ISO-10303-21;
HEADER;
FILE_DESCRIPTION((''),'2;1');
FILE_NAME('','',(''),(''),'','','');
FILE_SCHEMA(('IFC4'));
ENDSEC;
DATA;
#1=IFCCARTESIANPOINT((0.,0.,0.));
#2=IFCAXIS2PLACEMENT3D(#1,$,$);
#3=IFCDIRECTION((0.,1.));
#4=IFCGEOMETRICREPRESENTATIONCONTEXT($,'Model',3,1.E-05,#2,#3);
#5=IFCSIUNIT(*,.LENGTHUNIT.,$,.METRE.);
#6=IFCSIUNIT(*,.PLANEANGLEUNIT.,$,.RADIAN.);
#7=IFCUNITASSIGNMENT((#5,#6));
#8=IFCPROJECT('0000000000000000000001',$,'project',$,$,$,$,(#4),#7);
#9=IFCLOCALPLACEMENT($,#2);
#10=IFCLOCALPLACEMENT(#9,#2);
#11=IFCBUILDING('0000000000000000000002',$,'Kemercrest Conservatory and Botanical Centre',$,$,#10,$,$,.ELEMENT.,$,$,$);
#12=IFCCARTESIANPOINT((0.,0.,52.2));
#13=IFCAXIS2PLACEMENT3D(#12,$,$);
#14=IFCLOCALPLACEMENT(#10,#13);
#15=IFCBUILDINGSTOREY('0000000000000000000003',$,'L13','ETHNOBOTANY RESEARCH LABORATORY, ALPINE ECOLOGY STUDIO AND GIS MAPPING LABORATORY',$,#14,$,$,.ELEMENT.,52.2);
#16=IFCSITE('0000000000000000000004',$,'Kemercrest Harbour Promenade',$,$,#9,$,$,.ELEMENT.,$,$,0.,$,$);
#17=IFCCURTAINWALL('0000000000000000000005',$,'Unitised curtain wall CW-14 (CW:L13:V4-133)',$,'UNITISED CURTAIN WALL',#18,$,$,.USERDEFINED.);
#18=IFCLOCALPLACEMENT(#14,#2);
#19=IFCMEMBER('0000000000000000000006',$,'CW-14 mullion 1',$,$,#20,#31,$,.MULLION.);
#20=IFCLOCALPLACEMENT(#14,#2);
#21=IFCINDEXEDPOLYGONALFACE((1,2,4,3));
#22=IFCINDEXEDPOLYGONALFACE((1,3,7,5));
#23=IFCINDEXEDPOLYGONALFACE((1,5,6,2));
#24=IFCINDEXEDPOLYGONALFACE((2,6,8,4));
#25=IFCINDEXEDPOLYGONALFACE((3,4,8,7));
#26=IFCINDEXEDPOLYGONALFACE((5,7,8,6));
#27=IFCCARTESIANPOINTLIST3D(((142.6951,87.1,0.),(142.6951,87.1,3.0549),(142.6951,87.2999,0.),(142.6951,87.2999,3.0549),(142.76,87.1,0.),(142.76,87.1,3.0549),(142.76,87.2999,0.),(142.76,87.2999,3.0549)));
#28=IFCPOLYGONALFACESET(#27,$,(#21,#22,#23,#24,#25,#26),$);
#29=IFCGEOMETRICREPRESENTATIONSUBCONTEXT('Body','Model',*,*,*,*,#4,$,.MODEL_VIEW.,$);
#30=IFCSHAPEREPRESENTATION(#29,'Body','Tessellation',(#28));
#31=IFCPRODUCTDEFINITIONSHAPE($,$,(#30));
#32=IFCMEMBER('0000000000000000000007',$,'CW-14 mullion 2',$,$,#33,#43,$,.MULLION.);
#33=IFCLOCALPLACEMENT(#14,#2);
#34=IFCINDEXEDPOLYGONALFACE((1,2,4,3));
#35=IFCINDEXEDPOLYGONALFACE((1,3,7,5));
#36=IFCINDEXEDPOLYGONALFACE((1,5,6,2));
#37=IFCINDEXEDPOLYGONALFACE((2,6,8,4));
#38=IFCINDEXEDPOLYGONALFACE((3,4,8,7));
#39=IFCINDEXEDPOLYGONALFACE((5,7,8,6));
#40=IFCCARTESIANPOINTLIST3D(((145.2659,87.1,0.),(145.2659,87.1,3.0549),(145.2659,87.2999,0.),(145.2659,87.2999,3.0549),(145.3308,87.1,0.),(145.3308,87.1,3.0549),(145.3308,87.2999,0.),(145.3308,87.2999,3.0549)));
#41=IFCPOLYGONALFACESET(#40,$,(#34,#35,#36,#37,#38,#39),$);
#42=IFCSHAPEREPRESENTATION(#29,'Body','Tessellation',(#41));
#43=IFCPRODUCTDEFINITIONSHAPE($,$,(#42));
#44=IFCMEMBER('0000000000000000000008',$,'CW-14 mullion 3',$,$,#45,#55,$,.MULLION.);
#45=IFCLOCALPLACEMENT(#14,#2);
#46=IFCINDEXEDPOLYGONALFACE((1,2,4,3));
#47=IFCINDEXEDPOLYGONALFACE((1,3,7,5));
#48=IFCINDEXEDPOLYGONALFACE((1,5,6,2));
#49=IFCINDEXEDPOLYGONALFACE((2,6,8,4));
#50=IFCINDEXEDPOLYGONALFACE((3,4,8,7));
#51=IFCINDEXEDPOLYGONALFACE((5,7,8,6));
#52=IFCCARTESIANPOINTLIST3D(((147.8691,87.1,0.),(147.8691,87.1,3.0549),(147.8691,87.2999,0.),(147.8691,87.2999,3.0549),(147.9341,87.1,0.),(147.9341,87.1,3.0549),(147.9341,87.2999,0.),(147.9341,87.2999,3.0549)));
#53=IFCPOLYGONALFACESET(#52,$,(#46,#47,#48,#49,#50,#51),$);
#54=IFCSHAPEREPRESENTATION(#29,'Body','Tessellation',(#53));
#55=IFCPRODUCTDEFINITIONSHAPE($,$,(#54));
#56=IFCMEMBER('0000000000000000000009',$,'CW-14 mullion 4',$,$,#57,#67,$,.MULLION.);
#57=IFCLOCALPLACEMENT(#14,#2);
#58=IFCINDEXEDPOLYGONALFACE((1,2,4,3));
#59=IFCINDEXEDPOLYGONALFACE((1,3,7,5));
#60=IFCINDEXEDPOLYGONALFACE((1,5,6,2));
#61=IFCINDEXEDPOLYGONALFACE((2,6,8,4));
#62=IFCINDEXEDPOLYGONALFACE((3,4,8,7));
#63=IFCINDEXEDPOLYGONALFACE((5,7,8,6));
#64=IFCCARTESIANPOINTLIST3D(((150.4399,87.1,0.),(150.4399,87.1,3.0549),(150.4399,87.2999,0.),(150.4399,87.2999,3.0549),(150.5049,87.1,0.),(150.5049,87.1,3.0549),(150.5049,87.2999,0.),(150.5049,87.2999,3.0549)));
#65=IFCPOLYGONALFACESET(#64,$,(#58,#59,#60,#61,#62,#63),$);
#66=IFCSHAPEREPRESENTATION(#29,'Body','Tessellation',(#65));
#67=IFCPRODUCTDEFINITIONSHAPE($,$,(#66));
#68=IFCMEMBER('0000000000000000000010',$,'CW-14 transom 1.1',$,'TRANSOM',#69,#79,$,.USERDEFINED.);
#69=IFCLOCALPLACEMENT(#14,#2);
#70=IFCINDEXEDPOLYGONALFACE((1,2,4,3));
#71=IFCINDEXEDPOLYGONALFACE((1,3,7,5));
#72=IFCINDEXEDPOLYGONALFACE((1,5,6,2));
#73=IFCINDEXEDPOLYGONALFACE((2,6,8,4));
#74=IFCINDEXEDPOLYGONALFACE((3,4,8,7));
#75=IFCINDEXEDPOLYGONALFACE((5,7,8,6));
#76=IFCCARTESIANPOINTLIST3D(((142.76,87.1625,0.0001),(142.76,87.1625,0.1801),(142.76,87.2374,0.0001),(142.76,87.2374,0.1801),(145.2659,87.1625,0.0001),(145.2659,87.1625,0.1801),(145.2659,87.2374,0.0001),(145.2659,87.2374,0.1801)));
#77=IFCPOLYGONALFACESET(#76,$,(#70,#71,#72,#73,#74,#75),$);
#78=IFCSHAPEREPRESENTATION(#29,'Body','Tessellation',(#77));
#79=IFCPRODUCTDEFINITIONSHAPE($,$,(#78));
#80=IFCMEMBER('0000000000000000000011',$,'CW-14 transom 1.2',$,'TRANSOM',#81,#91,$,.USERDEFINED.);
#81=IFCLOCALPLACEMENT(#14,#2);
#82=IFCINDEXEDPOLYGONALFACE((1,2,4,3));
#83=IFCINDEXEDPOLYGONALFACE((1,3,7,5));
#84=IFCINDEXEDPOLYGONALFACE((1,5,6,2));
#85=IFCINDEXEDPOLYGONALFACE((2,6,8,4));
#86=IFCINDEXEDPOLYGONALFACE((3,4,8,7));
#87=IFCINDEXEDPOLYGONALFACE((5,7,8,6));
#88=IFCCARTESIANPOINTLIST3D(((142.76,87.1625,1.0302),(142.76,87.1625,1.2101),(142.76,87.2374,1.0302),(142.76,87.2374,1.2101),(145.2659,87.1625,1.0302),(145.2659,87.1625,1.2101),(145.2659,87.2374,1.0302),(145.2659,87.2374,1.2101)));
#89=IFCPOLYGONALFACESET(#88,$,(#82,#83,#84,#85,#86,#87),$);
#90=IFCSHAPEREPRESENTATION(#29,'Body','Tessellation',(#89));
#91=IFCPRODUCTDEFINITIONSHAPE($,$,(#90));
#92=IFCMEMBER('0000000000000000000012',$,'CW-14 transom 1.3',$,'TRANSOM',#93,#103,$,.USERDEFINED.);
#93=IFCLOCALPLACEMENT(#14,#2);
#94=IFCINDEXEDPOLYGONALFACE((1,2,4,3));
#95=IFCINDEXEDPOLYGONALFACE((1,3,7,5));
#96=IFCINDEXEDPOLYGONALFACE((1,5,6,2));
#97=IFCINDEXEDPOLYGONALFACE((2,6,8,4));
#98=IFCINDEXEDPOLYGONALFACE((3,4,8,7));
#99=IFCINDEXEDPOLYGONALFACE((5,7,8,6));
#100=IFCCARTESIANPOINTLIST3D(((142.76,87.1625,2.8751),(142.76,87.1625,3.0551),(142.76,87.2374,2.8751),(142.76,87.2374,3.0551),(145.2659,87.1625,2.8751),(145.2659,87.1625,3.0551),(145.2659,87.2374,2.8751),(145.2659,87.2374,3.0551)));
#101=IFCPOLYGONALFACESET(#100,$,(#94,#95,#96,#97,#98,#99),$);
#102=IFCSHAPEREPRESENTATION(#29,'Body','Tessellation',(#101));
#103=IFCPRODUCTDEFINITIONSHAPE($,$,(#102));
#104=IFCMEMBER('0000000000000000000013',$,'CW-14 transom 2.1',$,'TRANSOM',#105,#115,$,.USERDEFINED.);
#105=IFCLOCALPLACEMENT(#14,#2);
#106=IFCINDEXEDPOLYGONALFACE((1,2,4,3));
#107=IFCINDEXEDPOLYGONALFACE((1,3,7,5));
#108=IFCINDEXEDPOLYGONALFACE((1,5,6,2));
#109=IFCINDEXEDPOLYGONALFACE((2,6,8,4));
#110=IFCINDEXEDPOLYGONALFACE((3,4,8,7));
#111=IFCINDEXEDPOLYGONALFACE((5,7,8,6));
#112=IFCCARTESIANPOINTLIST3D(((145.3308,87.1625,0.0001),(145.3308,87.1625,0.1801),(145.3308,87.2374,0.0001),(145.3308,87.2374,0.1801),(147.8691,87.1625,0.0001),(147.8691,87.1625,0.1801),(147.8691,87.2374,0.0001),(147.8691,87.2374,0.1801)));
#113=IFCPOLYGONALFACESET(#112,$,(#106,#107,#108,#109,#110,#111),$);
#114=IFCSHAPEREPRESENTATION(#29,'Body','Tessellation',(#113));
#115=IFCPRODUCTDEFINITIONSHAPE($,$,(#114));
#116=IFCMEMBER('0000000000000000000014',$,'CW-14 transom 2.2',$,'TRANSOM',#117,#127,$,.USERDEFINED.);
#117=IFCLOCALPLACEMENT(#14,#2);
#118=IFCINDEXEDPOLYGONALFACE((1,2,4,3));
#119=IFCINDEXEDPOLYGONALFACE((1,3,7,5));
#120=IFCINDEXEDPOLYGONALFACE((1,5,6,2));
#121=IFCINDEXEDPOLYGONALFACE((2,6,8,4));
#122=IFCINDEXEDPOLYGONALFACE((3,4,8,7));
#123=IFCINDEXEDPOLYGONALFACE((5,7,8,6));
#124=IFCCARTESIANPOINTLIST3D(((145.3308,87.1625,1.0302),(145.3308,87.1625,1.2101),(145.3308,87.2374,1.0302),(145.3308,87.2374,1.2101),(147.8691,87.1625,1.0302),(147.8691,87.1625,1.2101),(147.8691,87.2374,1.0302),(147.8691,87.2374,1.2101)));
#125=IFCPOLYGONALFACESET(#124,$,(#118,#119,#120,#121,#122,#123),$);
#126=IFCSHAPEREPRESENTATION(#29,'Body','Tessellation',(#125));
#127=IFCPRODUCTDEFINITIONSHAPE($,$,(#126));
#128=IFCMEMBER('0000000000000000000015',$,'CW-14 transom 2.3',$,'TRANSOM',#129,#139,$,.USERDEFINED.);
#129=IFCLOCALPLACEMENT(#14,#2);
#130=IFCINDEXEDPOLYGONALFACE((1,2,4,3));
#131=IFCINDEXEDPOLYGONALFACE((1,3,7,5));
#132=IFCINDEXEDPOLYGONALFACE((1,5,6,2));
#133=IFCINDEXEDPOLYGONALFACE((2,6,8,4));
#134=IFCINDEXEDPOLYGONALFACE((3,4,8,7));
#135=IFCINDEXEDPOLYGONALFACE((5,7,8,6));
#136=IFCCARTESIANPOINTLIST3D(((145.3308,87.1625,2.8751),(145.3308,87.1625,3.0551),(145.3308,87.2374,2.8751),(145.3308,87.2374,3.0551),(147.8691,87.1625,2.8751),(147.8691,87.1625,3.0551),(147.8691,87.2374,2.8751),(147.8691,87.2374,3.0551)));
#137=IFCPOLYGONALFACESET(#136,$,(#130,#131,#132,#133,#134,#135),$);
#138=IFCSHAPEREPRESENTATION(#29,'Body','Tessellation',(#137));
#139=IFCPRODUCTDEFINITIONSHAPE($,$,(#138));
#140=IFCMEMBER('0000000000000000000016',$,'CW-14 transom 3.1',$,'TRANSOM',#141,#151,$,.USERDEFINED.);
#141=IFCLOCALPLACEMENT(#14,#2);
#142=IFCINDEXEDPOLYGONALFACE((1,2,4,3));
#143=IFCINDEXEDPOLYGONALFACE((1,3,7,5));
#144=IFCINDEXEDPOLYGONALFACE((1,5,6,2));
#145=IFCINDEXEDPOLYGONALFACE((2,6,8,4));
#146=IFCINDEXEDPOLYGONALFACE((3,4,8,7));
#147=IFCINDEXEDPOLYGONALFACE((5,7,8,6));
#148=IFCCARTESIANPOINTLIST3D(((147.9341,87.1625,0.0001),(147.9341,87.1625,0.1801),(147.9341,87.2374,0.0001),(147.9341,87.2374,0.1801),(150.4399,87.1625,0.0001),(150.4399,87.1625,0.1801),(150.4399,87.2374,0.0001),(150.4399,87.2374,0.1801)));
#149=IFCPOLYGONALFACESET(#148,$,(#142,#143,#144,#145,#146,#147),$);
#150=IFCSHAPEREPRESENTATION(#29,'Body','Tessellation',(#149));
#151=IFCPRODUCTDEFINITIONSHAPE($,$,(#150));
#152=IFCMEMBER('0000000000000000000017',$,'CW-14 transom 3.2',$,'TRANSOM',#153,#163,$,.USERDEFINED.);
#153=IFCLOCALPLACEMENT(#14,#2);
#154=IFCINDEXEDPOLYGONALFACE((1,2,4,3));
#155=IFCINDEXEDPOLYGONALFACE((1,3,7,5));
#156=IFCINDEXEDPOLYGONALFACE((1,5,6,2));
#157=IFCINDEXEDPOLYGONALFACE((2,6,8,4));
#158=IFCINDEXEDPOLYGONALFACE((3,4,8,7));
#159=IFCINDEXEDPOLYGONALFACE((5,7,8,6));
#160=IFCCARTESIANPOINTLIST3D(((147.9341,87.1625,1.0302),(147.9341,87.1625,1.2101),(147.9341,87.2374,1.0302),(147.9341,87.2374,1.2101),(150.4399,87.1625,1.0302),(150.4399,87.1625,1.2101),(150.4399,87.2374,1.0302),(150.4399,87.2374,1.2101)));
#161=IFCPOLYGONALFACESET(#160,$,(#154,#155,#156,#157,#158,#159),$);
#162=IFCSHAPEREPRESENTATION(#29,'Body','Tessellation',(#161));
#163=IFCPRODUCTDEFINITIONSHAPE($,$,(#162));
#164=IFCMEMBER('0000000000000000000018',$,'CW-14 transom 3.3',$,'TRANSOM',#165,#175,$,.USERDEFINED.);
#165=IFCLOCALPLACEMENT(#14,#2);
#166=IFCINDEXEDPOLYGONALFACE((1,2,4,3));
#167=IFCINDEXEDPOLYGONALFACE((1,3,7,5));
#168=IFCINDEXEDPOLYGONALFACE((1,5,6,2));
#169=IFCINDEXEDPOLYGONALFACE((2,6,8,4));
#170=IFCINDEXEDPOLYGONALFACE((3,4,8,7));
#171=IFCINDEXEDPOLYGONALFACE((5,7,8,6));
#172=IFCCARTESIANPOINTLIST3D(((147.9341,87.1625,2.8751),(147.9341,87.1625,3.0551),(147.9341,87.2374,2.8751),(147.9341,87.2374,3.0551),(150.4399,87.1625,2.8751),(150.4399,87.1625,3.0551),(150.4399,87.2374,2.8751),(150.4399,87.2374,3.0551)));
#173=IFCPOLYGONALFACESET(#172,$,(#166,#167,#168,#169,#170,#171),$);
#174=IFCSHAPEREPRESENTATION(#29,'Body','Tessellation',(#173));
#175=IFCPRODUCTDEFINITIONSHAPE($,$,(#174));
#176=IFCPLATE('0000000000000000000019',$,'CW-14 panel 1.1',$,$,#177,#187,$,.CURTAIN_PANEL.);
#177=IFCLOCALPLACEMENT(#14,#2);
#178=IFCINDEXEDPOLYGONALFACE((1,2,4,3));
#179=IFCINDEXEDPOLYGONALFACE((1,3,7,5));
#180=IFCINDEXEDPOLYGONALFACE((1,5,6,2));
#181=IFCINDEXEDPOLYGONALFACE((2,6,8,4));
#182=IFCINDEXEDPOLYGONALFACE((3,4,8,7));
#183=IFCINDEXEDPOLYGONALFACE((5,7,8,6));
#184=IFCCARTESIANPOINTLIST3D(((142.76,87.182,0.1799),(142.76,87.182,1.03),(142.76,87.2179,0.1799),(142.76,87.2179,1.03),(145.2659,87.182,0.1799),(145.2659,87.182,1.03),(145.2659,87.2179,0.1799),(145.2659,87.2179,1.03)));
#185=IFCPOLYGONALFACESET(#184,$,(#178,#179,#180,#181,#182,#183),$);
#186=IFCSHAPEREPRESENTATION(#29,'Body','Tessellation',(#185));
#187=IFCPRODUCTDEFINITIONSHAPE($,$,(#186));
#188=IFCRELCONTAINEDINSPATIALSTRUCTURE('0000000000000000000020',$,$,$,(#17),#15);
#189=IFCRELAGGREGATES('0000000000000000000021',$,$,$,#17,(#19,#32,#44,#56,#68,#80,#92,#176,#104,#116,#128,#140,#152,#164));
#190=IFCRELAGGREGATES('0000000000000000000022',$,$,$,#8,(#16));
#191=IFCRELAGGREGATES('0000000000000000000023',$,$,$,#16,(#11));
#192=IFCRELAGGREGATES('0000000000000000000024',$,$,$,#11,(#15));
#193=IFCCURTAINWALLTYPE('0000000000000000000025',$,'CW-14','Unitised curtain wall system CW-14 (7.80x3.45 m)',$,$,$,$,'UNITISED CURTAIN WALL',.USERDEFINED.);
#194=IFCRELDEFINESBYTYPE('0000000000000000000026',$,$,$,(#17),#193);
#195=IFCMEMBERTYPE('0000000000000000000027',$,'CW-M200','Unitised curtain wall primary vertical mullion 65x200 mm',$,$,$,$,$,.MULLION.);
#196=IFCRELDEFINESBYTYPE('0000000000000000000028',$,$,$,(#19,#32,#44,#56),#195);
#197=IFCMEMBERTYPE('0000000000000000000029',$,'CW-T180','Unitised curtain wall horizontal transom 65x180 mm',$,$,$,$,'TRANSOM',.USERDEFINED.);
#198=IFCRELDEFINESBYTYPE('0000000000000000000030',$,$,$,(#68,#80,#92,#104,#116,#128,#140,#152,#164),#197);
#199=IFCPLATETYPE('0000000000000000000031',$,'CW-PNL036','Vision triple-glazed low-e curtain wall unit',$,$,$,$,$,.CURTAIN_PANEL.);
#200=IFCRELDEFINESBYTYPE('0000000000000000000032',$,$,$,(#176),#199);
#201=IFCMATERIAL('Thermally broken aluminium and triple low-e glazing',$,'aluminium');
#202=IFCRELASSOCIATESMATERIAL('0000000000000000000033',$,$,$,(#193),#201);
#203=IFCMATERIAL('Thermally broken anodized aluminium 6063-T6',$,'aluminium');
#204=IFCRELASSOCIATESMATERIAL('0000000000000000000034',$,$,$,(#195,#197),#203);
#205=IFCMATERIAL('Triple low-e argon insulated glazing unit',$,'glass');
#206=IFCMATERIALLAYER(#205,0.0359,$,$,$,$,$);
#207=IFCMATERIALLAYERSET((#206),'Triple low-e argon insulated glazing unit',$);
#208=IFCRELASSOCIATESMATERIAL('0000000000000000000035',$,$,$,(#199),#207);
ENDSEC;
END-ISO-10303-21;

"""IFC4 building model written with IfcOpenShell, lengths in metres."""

from ifc_helpers import new_model, si_unit, direction, frame, origin, origin_2d, place, context, subcontext, project, spatial, rectangle, extrude, material, layer, layer_set, material_profile, profile_set, type_object, element, aggregate, save


model = new_model("IFC4")

# Units and contexts
model_context = context("Model", 3, precision=1e-05, world=origin(), true_north=direction((0.0, 1.0)))
body_context = subcontext(model_context, "Body", "Model", "MODEL_VIEW")
ifc_project = project(units=[si_unit("LENGTHUNIT", "METRE"), si_unit("PLANEANGLEUNIT", "RADIAN")], contexts=[model_context])

# Site, building, storey
site_placement = place(None, origin())
site = spatial("IfcSite", under=ifc_project, at=site_placement, Name="Kemercrest Harbour Promenade", CompositionType="ELEMENT", RefElevation=0.0)
building_placement = place(site_placement, origin())
building = spatial("IfcBuilding", under=site, at=building_placement, Name="Kemercrest Conservatory and Botanical Centre", CompositionType="ELEMENT")
storey_placement = place(building_placement, frame((0.0, 0.0, 52.2)))
storey = spatial("IfcBuildingStorey", under=building, at=storey_placement, Name="L13", Description="ETHNOBOTANY RESEARCH LABORATORY, ALPINE ECOLOGY STUDIO AND GIS MAPPING LABORATORY", CompositionType="ELEMENT", Elevation=52.2)

# Curtain wall, members, plate
ifc_material_1 = material(Name="Thermally broken aluminium and triple low-e glazing", Category="aluminium")
curtain_wall_type = type_object("IfcCurtainWallType", Name="CW-14", Description="Unitised curtain wall system CW-14 (7.80x3.45 m)", ElementType="UNITISED CURTAIN WALL", PredefinedType="USERDEFINED", material=ifc_material_1)
curtain_wall_placement = place(storey_placement, origin())
curtain_wall = element("IfcCurtainWall", 1, at=curtain_wall_placement, inside=storey, type_object=curtain_wall_type, Name="Unitised curtain wall CW-14 (CW:L13:V4-133)", ObjectType="UNITISED CURTAIN WALL", PredefinedType="USERDEFINED")
ifc_material_2 = material(Name="Thermally broken anodized aluminium 6063-T6", Category="aluminium")
ifc_material_profile_1 = material_profile(ifc_material_2, rectangle(XDim=0.2, YDim=0.0649, at=origin_2d()), Name="AL MULLION 65x200")
ifc_profile_set_1 = profile_set([ifc_material_profile_1], Name="Thermally broken anodized aluminium 6063-T6")
member_type_1 = type_object("IfcMemberType", Name="CW-M200", Description="Unitised curtain wall primary vertical mullion 65x200 mm", PredefinedType="MULLION", material=ifc_profile_set_1)
member_1_placement = place(storey_placement, frame((142.7275, 87.2, 0.0), z_axis=(0.0, 0.0, 1.0), x_axis=(0.0, 1.0, 0.0)))
member_1 = element("IfcMember", 2, at=member_1_placement, type_object=member_type_1, Name="CW-14 mullion 1", PredefinedType="MULLION", context=body_context, shape_type="SweptSolid", body=[
    extrude(rectangle(XDim=0.2, YDim=0.0649, at=origin_2d()), origin(), (0.0, 0.0, 1.0), 3.0549),
])
member_2_placement = place(storey_placement, frame((145.2983, 87.2, 0.0), z_axis=(0.0, 0.0, 1.0), x_axis=(0.0, 1.0, 0.0)))
member_2 = element("IfcMember", 3, at=member_2_placement, type_object=member_type_1, Name="CW-14 mullion 2", PredefinedType="MULLION", context=body_context, shape_type="SweptSolid", body=[
    extrude(rectangle(XDim=0.2, YDim=0.0649, at=origin_2d()), origin(), (0.0, 0.0, 1.0), 3.0549),
])
member_3_placement = place(storey_placement, frame((147.9016, 87.2, 0.0), z_axis=(0.0, 0.0, 1.0), x_axis=(0.0, 1.0, 0.0)))
member_3 = element("IfcMember", 4, at=member_3_placement, type_object=member_type_1, Name="CW-14 mullion 3", PredefinedType="MULLION", context=body_context, shape_type="SweptSolid", body=[
    extrude(rectangle(XDim=0.2, YDim=0.0649, at=origin_2d()), origin(), (0.0, 0.0, 1.0), 3.0549),
])
member_4_placement = place(storey_placement, frame((150.4724, 87.2, 0.0), z_axis=(0.0, 0.0, 1.0), x_axis=(0.0, 1.0, 0.0)))
member_4 = element("IfcMember", 5, at=member_4_placement, type_object=member_type_1, Name="CW-14 mullion 4", PredefinedType="MULLION", context=body_context, shape_type="SweptSolid", body=[
    extrude(rectangle(XDim=0.2, YDim=0.0649, at=origin_2d()), origin(), (0.0, 0.0, 1.0), 3.0549),
])
ifc_material_profile_2 = material_profile(ifc_material_2, rectangle(XDim=0.075, YDim=0.1799, at=origin_2d()), Name="AL TRANSOM 75x180")
ifc_profile_set_2 = profile_set([ifc_material_profile_2], Name="Thermally broken anodized aluminium 6063-T6")
member_type_2 = type_object("IfcMemberType", Name="CW-T180", Description="Unitised curtain wall horizontal transom 65x180 mm", ElementType="TRANSOM", PredefinedType="USERDEFINED", material=ifc_profile_set_2)
member_5_placement = place(storey_placement, frame((142.76, 87.2, 0.0901), z_axis=(1.0, 0.0, 0.0), x_axis=(0.0, 1.0, 0.0)))
member_5 = element("IfcMember", 6, at=member_5_placement, type_object=member_type_2, Name="CW-14 transom 1.1", ObjectType="TRANSOM", PredefinedType="USERDEFINED", context=body_context, shape_type="SweptSolid", body=[
    extrude(rectangle(XDim=0.075, YDim=0.1799, at=origin_2d()), origin(), (0.0, 0.0, 1.0), 2.5059),
])
member_6_placement = place(storey_placement, frame((142.76, 87.2, 1.1201), z_axis=(1.0, 0.0, 0.0), x_axis=(0.0, 1.0, 0.0)))
member_6 = element("IfcMember", 7, at=member_6_placement, type_object=member_type_2, Name="CW-14 transom 1.2", ObjectType="TRANSOM", PredefinedType="USERDEFINED", context=body_context, shape_type="SweptSolid", body=[
    extrude(rectangle(XDim=0.075, YDim=0.1799, at=origin_2d()), origin(), (0.0, 0.0, 1.0), 2.5059),
])
member_7_placement = place(storey_placement, frame((142.76, 87.2, 2.9651), z_axis=(1.0, 0.0, 0.0), x_axis=(0.0, 1.0, 0.0)))
member_7 = element("IfcMember", 8, at=member_7_placement, type_object=member_type_2, Name="CW-14 transom 1.3", ObjectType="TRANSOM", PredefinedType="USERDEFINED", context=body_context, shape_type="SweptSolid", body=[
    extrude(rectangle(XDim=0.075, YDim=0.1799, at=origin_2d()), origin(), (0.0, 0.0, 1.0), 2.5059),
])
member_8_placement = place(storey_placement, frame((145.3308, 87.2, 0.0901), z_axis=(1.0, 0.0, 0.0), x_axis=(0.0, 1.0, 0.0)))
member_8 = element("IfcMember", 9, at=member_8_placement, type_object=member_type_2, Name="CW-14 transom 2.1", ObjectType="TRANSOM", PredefinedType="USERDEFINED", context=body_context, shape_type="SweptSolid", body=[
    extrude(rectangle(XDim=0.075, YDim=0.1799, at=origin_2d()), origin(), (0.0, 0.0, 1.0), 2.5383),
])
member_9_placement = place(storey_placement, frame((145.3308, 87.2, 1.1201), z_axis=(1.0, 0.0, 0.0), x_axis=(0.0, 1.0, 0.0)))
member_9 = element("IfcMember", 10, at=member_9_placement, type_object=member_type_2, Name="CW-14 transom 2.2", ObjectType="TRANSOM", PredefinedType="USERDEFINED", context=body_context, shape_type="SweptSolid", body=[
    extrude(rectangle(XDim=0.075, YDim=0.1799, at=origin_2d()), origin(), (0.0, 0.0, 1.0), 2.5383),
])
member_10_placement = place(storey_placement, frame((145.3308, 87.2, 2.9651), z_axis=(1.0, 0.0, 0.0), x_axis=(0.0, 1.0, 0.0)))
member_10 = element("IfcMember", 11, at=member_10_placement, type_object=member_type_2, Name="CW-14 transom 2.3", ObjectType="TRANSOM", PredefinedType="USERDEFINED", context=body_context, shape_type="SweptSolid", body=[
    extrude(rectangle(XDim=0.075, YDim=0.1799, at=origin_2d()), origin(), (0.0, 0.0, 1.0), 2.5383),
])
member_11_placement = place(storey_placement, frame((147.9341, 87.2, 0.0901), z_axis=(1.0, 0.0, 0.0), x_axis=(0.0, 1.0, 0.0)))
member_11 = element("IfcMember", 12, at=member_11_placement, type_object=member_type_2, Name="CW-14 transom 3.1", ObjectType="TRANSOM", PredefinedType="USERDEFINED", context=body_context, shape_type="SweptSolid", body=[
    extrude(rectangle(XDim=0.075, YDim=0.1799, at=origin_2d()), origin(), (0.0, 0.0, 1.0), 2.5059),
])
member_12_placement = place(storey_placement, frame((147.9341, 87.2, 1.1201), z_axis=(1.0, 0.0, 0.0), x_axis=(0.0, 1.0, 0.0)))
member_12 = element("IfcMember", 13, at=member_12_placement, type_object=member_type_2, Name="CW-14 transom 3.2", ObjectType="TRANSOM", PredefinedType="USERDEFINED", context=body_context, shape_type="SweptSolid", body=[
    extrude(rectangle(XDim=0.075, YDim=0.1799, at=origin_2d()), origin(), (0.0, 0.0, 1.0), 2.5059),
])
member_13_placement = place(storey_placement, frame((147.9341, 87.2, 2.9651), z_axis=(1.0, 0.0, 0.0), x_axis=(0.0, 1.0, 0.0)))
member_13 = element("IfcMember", 14, at=member_13_placement, type_object=member_type_2, Name="CW-14 transom 3.3", ObjectType="TRANSOM", PredefinedType="USERDEFINED", context=body_context, shape_type="SweptSolid", body=[
    extrude(rectangle(XDim=0.075, YDim=0.1799, at=origin_2d()), origin(), (0.0, 0.0, 1.0), 2.5059),
])
ifc_material_3 = material(Name="Triple low-e argon insulated glazing unit", Category="glass")
ifc_layer = layer(ifc_material_3, 0.0359)
ifc_layer_set = layer_set([ifc_layer], Name="Triple low-e argon insulated glazing unit")
plate_type = type_object("IfcPlateType", Name="CW-PNL036", Description="Vision triple-glazed low-e curtain wall unit", PredefinedType="CURTAIN_PANEL", material=ifc_layer_set)
plate_1_placement = place(storey_placement, frame((144.0129, 87.2, 0.1799), z_axis=(0.0, 0.0, 1.0), x_axis=(1.0, 0.0, 0.0)))
plate_1 = element("IfcPlate", 15, at=plate_1_placement, type_object=plate_type, Name="CW-14 panel 1.1", PredefinedType="CURTAIN_PANEL", context=body_context, shape_type="SweptSolid", body=[
    extrude(rectangle(XDim=2.5059, YDim=0.0359, at=origin_2d()), origin(), (0.0, 0.0, 1.0), 0.8501),
])
aggregate(curtain_wall, [member_1, member_2, member_3, member_4, member_5, member_6, member_7, plate_1, member_8, member_9, member_10, member_11, member_12, member_13])

save(model, "model.ifc")
